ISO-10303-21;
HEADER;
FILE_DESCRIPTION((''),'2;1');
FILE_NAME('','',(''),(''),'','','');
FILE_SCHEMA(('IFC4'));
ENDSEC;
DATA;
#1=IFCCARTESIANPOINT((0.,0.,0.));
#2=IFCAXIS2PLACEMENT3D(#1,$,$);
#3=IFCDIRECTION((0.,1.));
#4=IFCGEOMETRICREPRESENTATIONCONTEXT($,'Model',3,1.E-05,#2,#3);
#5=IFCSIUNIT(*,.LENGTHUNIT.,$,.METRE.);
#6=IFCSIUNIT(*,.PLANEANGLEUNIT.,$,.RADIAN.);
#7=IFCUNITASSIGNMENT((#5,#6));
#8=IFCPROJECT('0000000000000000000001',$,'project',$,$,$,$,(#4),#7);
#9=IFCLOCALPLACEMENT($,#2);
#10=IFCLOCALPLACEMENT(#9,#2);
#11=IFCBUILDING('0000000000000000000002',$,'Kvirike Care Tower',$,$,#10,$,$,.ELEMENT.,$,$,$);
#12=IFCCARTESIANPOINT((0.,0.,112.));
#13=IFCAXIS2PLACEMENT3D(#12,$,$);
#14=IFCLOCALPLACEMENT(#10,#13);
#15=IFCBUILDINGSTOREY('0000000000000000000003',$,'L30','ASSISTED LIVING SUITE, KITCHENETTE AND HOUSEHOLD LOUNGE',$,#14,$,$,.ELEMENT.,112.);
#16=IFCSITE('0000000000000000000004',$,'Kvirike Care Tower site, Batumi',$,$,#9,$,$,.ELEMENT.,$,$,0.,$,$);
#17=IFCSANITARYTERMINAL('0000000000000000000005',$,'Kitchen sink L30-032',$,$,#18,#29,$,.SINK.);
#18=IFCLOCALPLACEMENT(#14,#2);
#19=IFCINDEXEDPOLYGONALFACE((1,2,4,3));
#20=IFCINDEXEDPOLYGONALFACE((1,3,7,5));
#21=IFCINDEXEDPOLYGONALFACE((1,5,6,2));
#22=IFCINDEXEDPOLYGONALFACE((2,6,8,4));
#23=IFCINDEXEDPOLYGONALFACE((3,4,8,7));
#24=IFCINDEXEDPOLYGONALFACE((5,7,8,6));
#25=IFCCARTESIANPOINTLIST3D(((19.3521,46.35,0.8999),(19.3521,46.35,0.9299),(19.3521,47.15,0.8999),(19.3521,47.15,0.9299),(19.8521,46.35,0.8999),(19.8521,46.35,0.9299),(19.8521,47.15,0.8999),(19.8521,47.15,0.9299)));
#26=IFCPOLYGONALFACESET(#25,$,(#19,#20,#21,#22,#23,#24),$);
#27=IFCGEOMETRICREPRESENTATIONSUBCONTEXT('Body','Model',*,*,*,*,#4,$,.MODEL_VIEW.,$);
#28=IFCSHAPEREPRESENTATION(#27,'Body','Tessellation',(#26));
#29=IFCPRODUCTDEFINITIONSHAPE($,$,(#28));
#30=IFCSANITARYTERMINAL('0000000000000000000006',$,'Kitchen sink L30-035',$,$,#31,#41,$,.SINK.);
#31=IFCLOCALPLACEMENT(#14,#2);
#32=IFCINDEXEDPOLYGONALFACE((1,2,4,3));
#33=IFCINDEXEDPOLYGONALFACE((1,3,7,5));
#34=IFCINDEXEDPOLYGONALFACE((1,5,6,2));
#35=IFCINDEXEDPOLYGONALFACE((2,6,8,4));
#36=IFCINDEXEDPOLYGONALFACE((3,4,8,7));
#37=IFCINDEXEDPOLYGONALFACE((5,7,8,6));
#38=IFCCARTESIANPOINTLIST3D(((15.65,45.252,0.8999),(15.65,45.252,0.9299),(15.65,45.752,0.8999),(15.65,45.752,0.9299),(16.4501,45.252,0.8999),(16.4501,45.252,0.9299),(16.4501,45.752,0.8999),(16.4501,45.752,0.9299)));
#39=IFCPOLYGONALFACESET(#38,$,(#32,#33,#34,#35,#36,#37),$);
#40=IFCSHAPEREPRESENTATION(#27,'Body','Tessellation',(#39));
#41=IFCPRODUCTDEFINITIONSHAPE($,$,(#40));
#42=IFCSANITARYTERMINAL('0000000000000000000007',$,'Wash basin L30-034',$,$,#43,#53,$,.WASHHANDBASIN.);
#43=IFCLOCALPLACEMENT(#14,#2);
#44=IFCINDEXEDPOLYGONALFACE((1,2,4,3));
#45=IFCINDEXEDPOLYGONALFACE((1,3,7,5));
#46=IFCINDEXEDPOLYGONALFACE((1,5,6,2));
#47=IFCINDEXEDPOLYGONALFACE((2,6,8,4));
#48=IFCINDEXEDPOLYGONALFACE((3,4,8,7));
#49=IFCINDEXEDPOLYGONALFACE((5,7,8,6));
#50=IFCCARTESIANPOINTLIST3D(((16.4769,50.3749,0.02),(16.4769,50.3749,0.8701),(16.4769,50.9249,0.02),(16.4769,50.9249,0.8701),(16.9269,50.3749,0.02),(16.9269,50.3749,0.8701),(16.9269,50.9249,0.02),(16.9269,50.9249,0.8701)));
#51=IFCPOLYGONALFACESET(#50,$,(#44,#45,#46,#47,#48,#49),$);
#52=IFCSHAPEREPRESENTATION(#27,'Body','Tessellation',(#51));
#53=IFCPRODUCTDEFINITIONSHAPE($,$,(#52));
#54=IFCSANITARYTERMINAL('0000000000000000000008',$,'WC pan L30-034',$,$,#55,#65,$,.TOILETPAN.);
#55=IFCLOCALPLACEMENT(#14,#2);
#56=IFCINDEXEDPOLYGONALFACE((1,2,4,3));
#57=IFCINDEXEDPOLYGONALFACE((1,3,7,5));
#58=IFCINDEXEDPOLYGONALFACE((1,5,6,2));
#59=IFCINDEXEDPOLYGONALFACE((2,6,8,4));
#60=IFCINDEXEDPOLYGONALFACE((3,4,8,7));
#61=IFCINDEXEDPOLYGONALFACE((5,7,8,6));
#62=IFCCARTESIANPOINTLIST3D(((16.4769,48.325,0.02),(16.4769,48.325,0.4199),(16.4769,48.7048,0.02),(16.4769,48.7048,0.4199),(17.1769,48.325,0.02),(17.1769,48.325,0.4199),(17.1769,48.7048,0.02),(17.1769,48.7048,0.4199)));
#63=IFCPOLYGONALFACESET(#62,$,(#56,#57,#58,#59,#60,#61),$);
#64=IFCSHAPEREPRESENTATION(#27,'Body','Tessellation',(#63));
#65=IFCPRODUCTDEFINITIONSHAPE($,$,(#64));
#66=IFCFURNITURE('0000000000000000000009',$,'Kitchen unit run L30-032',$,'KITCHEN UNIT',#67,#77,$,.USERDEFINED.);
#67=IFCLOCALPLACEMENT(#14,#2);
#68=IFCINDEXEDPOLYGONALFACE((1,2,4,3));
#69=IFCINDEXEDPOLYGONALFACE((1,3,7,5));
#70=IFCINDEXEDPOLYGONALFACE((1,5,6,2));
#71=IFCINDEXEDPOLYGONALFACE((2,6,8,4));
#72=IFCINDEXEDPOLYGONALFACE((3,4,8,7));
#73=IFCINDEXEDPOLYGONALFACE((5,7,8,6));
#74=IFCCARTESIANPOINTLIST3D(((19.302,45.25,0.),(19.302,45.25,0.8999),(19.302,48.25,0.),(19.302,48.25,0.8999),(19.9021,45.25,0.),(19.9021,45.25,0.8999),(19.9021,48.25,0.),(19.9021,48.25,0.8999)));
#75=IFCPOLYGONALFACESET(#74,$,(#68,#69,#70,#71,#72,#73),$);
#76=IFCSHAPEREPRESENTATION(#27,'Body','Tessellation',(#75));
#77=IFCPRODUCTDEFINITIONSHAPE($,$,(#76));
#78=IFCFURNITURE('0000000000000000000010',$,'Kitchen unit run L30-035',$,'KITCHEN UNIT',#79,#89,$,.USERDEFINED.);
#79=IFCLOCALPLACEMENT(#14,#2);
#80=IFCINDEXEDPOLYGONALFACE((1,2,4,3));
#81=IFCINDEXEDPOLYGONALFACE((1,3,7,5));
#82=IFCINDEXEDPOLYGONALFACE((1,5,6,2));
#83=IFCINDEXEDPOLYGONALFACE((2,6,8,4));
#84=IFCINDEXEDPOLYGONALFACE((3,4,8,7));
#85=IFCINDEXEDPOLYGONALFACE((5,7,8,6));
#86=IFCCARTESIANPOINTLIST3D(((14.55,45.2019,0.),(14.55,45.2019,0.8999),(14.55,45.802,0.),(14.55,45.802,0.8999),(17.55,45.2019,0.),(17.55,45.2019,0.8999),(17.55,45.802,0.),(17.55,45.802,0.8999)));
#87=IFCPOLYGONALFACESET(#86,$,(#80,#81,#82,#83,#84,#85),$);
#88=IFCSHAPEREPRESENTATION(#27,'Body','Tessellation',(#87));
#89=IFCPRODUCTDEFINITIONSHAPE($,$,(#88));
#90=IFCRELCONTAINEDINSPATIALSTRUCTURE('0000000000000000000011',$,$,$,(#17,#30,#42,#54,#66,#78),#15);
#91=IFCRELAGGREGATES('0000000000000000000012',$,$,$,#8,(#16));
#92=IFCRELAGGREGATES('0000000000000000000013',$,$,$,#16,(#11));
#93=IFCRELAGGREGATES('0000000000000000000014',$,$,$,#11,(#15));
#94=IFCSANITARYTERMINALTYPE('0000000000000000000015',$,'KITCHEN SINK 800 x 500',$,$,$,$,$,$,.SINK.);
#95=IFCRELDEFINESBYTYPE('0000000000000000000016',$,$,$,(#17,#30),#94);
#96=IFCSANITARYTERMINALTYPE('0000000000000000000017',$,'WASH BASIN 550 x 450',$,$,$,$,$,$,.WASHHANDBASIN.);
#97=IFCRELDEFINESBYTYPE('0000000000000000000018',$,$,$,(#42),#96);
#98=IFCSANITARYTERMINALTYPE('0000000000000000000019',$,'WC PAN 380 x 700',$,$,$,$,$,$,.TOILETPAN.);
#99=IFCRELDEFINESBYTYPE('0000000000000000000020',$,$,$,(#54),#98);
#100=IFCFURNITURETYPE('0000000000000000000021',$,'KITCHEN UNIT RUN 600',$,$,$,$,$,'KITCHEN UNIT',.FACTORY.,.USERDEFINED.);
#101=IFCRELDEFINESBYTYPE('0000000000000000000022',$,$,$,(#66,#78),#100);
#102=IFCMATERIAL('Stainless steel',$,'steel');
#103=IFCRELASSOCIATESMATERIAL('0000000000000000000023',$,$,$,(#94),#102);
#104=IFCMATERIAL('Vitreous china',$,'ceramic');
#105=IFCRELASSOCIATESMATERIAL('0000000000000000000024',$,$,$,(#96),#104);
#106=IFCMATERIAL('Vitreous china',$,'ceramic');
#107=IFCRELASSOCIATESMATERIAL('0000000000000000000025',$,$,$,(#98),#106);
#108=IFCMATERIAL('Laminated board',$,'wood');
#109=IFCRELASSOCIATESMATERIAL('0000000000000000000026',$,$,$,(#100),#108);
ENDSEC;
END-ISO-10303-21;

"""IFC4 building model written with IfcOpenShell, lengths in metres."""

from ifc_helpers import new_model, si_unit, direction, frame, origin, origin_2d, place, context, subcontext, project, spatial, rectangle, extrude, material, type_object, element, save


model = new_model("IFC4")

# Units and contexts
model_context = context("Model", 3, precision=1e-05, world=origin(), true_north=direction((0.0, 1.0)))
body_context = subcontext(model_context, "Body", "Model", "MODEL_VIEW")
ifc_project = project(units=[si_unit("LENGTHUNIT", "METRE"), si_unit("PLANEANGLEUNIT", "RADIAN")], contexts=[model_context])

# Site, building, storey
site_placement = place(None, origin())
site = spatial("IfcSite", under=ifc_project, at=site_placement, Name="Kvirike Care Tower site, Batumi", CompositionType="ELEMENT", RefElevation=0.0)
building_placement = place(site_placement, origin())
building = spatial("IfcBuilding", under=site, at=building_placement, Name="Kvirike Care Tower", CompositionType="ELEMENT")
storey_placement = place(building_placement, frame((0.0, 0.0, 112.0)))
storey = spatial("IfcBuildingStorey", under=building, at=storey_placement, Name="L30", Description="ASSISTED LIVING SUITE, KITCHENETTE AND HOUSEHOLD LOUNGE", CompositionType="ELEMENT", Elevation=112.0)

# Sanitary terminals
ifc_material_1 = material(Name="Stainless steel", Category="steel")
sanitary_terminal_type_1 = type_object("IfcSanitaryTerminalType", Name="KITCHEN SINK 800 x 500", PredefinedType="SINK", material=ifc_material_1)
for number, where, z_axis, x_axis, name in (
    (1, (19.6021, 46.75, 0.8999), (0.0, 0.0, 1.0), (0.0, 1.0, 0.0), "Kitchen sink L30-032"),
    (2, (16.05, 45.502, 0.8999), (0.0, 0.0, 1.0), (-1.0, 0.0, 0.0), "Kitchen sink L30-035"),
):
    element("IfcSanitaryTerminal", number, at=place(storey_placement, frame(where, z_axis=z_axis, x_axis=x_axis)), inside=storey, type_object=sanitary_terminal_type_1, Name=name, PredefinedType="SINK", context=body_context, shape_type="SweptSolid", body=[
        extrude(rectangle(XDim=0.8, YDim=0.5, at=origin_2d()), origin(), (0.0, 0.0, 1.0), 0.03),
    ])
ifc_material_2 = material(Name="Vitreous china", Category="ceramic")
sanitary_terminal_type_2 = type_object("IfcSanitaryTerminalType", Name="WASH BASIN 550 x 450", PredefinedType="WASHHANDBASIN", material=ifc_material_2)
sanitary_terminal_1_placement = place(storey_placement, frame((16.7019, 50.6499, 0.02), z_axis=(0.0, 0.0, 1.0), x_axis=(0.0, 1.0, 0.0)))
element("IfcSanitaryTerminal", 3, at=sanitary_terminal_1_placement, inside=storey, type_object=sanitary_terminal_type_2, Name="Wash basin L30-034", PredefinedType="WASHHANDBASIN", context=body_context, shape_type="SweptSolid", body=[
    extrude(rectangle(XDim=0.55, YDim=0.45, at=origin_2d()), origin(), (0.0, 0.0, 1.0), 0.8501),
])
ifc_material_3 = material(Name="Vitreous china", Category="ceramic")
sanitary_terminal_type_3 = type_object("IfcSanitaryTerminalType", Name="WC PAN 380 x 700", PredefinedType="TOILETPAN", material=ifc_material_3)
sanitary_terminal_2_placement = place(storey_placement, frame((16.8269, 48.5149, 0.02), z_axis=(0.0, 0.0, 1.0), x_axis=(0.0, 1.0, 0.0)))
element("IfcSanitaryTerminal", 4, at=sanitary_terminal_2_placement, inside=storey, type_object=sanitary_terminal_type_3, Name="WC pan L30-034", PredefinedType="TOILETPAN", context=body_context, shape_type="SweptSolid", body=[
    extrude(rectangle(XDim=0.3799, YDim=0.7, at=origin_2d()), origin(), (0.0, 0.0, 1.0), 0.3999),
])

# Furniture
ifc_material_4 = material(Name="Laminated board", Category="wood")
furniture_type = type_object("IfcFurnitureType", Name="KITCHEN UNIT RUN 600", ElementType="KITCHEN UNIT", AssemblyPlace="FACTORY", PredefinedType="USERDEFINED", material=ifc_material_4)
for number, where, z_axis, x_axis, name in (
    (5, (19.6021, 46.75, 0.0), (0.0, 0.0, 1.0), (0.0, 1.0, 0.0), "Kitchen unit run L30-032"),
    (6, (16.05, 45.502, 0.0), (0.0, 0.0, 1.0), (-1.0, 0.0, 0.0), "Kitchen unit run L30-035"),
):
    element("IfcFurniture", number, at=place(storey_placement, frame(where, z_axis=z_axis, x_axis=x_axis)), inside=storey, type_object=furniture_type, Name=name, ObjectType="KITCHEN UNIT", PredefinedType="USERDEFINED", context=body_context, shape_type="SweptSolid", body=[
        extrude(rectangle(XDim=3.0, YDim=0.6001, at=origin_2d()), origin(), (0.0, 0.0, 1.0), 0.8999),
    ])

save(model, "model.ifc")
